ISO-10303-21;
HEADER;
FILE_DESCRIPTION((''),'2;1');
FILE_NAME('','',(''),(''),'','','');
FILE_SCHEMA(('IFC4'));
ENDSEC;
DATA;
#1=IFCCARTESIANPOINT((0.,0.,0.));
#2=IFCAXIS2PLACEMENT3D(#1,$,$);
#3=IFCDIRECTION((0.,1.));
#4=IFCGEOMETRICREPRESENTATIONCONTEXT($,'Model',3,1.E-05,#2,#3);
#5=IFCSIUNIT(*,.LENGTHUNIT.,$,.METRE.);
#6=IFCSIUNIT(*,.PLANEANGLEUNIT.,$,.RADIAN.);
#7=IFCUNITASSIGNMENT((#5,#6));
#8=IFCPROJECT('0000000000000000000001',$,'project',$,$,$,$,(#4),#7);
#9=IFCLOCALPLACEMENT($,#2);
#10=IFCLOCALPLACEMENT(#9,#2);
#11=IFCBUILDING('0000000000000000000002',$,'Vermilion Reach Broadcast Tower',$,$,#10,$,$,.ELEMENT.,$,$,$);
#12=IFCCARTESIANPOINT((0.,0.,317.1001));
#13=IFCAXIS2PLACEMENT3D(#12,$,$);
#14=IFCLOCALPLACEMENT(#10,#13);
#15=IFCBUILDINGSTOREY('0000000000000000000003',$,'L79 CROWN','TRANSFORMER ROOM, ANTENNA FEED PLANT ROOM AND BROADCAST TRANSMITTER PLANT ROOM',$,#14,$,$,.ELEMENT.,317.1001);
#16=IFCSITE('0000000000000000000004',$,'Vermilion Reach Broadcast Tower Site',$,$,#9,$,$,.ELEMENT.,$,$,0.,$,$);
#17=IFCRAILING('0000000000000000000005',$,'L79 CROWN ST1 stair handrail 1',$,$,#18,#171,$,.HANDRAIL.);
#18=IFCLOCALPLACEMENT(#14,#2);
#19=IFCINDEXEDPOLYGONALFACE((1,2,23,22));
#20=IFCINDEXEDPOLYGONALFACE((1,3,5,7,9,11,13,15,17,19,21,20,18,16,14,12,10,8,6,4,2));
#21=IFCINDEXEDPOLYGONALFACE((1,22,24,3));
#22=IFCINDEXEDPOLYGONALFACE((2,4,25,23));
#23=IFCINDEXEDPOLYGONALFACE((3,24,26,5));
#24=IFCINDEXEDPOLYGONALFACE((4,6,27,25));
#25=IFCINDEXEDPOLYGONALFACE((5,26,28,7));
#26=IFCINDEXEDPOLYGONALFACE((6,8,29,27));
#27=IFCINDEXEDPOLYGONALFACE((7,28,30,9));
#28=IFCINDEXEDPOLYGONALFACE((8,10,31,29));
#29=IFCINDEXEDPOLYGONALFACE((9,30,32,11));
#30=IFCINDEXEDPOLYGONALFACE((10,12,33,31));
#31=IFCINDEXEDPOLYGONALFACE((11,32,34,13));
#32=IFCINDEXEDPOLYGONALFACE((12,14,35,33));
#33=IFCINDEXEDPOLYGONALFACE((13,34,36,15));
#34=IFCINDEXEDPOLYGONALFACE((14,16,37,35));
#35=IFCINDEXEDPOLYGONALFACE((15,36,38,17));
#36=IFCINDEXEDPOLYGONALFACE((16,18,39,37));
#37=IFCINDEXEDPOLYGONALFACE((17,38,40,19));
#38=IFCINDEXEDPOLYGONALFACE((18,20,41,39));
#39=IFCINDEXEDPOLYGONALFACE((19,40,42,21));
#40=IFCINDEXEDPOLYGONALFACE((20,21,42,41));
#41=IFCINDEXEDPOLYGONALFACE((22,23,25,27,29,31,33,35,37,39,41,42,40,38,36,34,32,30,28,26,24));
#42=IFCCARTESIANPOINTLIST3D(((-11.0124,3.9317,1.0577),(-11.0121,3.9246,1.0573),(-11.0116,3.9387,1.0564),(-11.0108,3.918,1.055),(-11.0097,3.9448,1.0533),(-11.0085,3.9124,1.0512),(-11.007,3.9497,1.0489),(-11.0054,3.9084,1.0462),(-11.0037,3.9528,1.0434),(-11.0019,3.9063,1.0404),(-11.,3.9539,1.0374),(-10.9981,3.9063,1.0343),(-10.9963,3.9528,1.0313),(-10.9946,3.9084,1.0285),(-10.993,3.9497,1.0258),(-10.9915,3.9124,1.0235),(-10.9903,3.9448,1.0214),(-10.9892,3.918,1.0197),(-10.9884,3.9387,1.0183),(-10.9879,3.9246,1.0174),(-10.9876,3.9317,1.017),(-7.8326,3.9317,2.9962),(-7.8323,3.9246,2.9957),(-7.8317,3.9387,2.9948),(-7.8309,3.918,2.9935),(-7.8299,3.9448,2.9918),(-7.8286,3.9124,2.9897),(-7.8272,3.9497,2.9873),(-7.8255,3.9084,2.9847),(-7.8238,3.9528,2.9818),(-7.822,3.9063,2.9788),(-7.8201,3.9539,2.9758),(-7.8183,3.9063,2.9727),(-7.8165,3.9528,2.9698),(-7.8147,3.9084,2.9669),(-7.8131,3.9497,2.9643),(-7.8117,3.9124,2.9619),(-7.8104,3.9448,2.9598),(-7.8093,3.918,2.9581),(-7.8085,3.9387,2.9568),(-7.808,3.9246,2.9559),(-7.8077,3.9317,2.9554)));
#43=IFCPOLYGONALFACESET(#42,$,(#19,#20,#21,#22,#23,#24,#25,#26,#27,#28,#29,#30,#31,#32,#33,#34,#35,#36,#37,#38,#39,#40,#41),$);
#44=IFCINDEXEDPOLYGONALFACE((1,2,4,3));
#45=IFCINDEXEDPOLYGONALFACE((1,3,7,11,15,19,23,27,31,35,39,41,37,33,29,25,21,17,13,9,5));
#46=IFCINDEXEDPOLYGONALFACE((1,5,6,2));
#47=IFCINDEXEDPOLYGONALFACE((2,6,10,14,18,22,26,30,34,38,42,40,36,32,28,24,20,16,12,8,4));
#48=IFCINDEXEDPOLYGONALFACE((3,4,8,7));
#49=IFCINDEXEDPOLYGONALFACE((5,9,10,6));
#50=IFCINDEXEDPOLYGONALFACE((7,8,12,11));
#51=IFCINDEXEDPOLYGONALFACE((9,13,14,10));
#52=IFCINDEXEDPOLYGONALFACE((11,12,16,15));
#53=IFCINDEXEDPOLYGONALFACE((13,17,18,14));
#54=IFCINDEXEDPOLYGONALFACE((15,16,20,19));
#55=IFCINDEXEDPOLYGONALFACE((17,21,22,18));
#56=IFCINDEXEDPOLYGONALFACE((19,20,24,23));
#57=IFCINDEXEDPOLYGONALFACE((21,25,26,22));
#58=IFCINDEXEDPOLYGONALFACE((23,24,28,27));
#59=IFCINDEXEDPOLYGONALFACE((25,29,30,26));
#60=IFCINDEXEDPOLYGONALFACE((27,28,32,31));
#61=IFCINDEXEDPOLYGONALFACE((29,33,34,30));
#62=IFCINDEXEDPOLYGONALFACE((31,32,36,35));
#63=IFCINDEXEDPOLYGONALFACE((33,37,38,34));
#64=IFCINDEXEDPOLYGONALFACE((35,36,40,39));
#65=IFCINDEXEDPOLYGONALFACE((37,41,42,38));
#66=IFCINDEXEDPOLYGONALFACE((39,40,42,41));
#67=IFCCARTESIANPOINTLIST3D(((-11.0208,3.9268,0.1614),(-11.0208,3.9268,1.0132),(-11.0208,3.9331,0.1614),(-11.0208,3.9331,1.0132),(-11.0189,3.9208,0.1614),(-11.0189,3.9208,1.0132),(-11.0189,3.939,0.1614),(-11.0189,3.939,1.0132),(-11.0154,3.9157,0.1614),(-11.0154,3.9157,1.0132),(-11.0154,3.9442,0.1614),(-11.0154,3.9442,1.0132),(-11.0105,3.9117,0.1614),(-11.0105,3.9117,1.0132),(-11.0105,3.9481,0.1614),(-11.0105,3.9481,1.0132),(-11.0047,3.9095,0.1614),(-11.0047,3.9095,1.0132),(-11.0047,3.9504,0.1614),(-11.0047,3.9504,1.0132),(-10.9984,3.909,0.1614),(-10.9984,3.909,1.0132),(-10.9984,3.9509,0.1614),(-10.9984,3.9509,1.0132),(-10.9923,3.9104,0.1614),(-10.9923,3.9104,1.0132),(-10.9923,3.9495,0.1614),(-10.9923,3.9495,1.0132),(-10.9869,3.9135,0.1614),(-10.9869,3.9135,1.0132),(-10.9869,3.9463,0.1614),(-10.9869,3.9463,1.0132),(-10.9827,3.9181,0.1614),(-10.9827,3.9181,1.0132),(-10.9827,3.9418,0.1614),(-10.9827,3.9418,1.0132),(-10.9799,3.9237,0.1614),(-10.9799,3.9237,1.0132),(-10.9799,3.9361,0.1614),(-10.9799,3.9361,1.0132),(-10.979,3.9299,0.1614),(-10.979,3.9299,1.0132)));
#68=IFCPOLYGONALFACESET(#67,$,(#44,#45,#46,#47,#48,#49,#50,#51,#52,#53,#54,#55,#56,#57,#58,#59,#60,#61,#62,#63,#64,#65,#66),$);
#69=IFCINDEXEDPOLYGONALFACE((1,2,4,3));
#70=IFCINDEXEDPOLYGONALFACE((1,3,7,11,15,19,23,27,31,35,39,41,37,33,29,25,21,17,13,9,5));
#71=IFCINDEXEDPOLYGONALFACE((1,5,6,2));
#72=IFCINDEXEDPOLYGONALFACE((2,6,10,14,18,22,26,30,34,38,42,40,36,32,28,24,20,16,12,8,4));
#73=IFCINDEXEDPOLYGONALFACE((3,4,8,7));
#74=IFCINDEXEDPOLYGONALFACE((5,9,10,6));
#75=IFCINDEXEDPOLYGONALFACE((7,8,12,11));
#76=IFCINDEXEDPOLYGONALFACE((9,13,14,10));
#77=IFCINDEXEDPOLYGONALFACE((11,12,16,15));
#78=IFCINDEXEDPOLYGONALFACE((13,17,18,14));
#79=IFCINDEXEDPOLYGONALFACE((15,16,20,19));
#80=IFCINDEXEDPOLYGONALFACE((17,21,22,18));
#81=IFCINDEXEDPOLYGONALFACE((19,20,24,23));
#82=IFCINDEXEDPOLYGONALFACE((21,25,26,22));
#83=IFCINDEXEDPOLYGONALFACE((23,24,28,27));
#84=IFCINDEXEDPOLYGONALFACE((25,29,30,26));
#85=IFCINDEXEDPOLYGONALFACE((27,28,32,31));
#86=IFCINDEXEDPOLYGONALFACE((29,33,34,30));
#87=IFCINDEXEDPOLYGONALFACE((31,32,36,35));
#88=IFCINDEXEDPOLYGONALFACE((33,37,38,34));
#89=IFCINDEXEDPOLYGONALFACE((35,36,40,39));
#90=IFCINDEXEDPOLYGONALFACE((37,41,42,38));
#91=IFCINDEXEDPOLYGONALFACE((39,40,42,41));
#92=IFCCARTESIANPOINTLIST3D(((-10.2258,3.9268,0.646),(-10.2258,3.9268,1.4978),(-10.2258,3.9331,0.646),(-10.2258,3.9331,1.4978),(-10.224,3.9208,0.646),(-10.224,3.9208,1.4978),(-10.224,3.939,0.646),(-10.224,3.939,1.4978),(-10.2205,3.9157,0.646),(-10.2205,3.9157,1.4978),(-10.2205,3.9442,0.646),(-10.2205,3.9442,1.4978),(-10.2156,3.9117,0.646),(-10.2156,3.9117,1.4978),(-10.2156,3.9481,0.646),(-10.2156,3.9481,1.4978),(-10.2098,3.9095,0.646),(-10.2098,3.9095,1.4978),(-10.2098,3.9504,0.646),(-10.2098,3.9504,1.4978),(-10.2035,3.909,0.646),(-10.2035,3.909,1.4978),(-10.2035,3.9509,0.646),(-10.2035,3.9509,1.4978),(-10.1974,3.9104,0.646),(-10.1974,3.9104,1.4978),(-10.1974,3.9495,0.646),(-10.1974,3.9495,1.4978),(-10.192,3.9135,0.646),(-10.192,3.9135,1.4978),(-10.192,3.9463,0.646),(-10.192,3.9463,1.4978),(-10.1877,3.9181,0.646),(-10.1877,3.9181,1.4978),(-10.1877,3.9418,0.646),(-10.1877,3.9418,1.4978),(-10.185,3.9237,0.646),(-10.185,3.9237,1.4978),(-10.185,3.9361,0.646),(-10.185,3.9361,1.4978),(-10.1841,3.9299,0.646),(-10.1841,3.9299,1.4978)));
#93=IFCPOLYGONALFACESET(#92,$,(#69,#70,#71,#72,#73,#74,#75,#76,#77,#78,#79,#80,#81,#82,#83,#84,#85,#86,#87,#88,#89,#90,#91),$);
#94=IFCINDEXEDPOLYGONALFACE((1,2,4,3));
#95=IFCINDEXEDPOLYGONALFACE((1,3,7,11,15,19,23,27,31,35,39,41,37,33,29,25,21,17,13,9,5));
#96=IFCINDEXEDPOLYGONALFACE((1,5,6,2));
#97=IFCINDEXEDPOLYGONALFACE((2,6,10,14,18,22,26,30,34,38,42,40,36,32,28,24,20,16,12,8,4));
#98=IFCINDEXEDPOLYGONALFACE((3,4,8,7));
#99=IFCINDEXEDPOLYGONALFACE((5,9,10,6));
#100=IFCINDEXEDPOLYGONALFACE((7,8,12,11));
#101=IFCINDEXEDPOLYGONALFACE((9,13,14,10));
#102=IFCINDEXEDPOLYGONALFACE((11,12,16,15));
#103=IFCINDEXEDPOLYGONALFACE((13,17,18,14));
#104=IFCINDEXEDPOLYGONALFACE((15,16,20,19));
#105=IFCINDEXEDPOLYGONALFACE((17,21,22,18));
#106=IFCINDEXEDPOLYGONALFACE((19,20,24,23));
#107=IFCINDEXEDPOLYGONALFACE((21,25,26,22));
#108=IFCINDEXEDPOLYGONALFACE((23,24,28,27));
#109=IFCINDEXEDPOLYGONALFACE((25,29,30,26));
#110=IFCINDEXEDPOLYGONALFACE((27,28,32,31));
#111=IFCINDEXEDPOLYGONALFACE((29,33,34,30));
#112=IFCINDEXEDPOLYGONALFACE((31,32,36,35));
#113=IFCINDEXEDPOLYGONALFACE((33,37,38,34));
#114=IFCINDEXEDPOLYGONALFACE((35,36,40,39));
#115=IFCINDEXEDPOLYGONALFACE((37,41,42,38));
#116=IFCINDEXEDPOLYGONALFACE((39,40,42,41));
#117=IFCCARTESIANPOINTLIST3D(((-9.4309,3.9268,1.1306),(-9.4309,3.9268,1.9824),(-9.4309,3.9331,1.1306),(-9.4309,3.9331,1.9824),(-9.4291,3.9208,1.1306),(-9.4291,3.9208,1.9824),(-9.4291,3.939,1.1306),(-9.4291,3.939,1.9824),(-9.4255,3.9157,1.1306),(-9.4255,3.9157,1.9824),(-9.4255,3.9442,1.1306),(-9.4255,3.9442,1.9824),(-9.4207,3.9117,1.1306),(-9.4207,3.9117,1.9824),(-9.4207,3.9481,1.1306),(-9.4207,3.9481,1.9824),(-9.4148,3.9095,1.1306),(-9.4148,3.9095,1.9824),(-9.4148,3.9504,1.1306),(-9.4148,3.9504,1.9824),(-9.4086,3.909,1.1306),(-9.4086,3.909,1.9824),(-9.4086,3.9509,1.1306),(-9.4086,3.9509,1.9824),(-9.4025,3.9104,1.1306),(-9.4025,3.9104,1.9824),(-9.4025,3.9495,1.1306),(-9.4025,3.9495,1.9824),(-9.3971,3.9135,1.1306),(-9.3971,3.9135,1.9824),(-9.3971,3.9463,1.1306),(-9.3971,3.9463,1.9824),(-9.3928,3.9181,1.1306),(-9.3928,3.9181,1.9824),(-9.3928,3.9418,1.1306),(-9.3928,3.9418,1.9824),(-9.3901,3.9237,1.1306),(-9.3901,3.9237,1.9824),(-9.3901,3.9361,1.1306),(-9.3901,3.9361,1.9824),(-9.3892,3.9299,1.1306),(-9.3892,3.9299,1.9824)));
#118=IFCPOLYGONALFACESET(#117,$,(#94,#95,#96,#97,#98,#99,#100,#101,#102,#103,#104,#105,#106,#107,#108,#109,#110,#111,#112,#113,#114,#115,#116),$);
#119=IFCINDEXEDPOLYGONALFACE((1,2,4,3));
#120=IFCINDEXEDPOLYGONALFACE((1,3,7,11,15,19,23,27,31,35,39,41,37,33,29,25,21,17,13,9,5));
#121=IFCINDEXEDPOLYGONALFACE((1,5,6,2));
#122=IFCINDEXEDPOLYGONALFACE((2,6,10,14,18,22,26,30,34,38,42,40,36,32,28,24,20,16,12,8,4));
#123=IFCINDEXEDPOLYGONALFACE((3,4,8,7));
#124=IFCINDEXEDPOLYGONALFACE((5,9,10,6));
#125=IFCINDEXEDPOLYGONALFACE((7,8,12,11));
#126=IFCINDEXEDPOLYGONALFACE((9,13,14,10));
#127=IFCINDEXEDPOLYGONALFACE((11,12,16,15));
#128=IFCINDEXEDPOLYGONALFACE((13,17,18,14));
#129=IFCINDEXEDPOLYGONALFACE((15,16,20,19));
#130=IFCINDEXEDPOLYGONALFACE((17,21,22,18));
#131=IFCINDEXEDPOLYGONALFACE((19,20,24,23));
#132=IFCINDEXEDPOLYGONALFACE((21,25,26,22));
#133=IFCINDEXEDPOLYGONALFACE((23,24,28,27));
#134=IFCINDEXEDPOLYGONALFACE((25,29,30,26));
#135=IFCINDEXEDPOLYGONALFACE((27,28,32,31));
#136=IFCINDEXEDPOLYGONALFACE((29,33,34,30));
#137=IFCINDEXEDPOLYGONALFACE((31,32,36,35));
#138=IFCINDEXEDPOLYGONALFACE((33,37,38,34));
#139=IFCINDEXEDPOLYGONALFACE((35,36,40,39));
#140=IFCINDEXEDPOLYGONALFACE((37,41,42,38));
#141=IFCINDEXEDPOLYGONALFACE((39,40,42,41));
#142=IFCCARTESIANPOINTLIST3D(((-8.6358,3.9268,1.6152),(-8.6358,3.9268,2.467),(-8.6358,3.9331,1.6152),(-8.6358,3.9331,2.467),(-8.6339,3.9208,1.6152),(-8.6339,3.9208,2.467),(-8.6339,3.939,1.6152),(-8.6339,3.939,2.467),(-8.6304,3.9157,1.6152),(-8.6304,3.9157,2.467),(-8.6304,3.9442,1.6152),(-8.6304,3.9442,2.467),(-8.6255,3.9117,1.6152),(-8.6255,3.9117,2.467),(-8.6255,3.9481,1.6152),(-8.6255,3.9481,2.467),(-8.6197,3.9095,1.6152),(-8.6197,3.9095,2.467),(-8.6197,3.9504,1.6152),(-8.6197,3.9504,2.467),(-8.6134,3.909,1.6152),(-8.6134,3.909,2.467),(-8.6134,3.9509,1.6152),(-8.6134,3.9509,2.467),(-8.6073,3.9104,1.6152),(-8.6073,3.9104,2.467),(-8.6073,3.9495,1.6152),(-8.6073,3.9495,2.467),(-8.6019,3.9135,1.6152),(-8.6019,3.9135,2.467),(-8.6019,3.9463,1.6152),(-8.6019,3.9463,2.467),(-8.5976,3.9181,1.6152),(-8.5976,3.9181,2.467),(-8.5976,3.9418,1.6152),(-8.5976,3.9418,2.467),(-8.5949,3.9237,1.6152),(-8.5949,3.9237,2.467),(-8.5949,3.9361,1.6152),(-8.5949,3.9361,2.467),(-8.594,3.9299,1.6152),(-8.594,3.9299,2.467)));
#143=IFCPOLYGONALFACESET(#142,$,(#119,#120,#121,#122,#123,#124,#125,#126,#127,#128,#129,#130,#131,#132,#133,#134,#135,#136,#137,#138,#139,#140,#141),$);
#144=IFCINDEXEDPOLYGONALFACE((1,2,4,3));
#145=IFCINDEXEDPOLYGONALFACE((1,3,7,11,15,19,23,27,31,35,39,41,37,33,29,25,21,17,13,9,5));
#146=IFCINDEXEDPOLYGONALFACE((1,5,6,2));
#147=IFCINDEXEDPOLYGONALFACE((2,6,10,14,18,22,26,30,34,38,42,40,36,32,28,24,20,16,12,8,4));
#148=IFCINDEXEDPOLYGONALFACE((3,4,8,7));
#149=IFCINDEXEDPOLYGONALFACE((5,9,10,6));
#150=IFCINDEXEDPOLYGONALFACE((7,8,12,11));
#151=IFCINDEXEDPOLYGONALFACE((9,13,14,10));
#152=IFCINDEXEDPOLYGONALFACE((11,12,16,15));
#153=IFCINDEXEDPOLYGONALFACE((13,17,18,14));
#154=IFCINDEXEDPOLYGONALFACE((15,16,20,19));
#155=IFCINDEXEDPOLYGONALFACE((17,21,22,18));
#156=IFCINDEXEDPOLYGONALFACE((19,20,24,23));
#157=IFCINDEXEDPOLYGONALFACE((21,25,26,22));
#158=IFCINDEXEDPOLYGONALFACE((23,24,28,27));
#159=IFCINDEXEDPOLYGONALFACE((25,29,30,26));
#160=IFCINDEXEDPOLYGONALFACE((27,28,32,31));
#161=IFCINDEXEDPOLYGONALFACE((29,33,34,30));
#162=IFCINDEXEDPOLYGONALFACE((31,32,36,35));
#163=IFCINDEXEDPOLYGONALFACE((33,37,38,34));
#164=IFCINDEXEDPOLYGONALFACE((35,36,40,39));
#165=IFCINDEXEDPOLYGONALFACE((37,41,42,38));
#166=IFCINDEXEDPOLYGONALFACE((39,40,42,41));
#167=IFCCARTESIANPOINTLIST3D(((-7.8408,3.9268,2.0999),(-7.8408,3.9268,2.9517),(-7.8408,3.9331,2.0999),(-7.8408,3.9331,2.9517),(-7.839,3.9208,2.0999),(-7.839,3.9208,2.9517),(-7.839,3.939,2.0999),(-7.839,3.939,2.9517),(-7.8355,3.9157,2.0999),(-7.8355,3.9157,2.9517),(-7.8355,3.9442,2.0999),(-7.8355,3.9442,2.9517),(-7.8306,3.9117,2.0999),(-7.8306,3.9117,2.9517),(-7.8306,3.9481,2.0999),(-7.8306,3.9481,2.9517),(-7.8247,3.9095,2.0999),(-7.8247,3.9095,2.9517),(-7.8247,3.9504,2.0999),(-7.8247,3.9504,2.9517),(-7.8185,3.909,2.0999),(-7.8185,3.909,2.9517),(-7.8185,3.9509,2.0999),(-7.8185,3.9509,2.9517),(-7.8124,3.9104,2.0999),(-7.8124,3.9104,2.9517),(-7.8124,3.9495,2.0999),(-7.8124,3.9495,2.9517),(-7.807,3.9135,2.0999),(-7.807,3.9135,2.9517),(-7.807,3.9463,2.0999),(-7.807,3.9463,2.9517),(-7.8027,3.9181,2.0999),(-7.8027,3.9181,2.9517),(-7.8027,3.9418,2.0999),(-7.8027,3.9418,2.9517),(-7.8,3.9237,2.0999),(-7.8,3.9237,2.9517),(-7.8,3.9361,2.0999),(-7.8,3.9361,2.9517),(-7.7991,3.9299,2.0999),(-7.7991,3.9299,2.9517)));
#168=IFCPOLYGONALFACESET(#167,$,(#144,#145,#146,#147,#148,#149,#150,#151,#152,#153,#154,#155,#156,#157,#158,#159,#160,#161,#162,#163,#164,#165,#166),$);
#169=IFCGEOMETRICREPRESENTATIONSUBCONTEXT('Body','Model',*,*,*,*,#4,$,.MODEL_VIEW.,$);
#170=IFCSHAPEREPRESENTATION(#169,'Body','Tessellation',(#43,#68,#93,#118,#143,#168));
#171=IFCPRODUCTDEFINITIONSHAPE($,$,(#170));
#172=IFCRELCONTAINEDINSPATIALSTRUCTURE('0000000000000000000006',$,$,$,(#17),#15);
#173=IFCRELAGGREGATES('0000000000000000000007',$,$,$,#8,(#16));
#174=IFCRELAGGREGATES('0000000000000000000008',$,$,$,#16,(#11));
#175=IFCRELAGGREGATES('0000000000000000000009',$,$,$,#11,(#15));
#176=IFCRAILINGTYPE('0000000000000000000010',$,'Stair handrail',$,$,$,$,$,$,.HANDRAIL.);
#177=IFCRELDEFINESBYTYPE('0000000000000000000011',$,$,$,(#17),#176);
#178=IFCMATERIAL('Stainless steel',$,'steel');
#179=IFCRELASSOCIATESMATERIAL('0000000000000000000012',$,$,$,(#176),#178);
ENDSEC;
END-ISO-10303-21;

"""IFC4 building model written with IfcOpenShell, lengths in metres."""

from ifc_helpers import new_model, si_unit, direction, frame, origin, origin_2d, place, context, subcontext, project, spatial, circle, extrude, material, type_object, element, save


model = new_model("IFC4")

# Units and contexts
model_context = context("Model", 3, precision=1e-05, world=origin(), true_north=direction((0.0, 1.0)))
body_context = subcontext(model_context, "Body", "Model", "MODEL_VIEW")
ifc_project = project(units=[si_unit("LENGTHUNIT", "METRE"), si_unit("PLANEANGLEUNIT", "RADIAN")], contexts=[model_context])

# Site, building, storey
site_placement = place(None, origin())
site = spatial("IfcSite", under=ifc_project, at=site_placement, Name="Vermilion Reach Broadcast Tower Site", CompositionType="ELEMENT", RefElevation=0.0)
building_placement = place(site_placement, origin())
building = spatial("IfcBuilding", under=site, at=building_placement, Name="Vermilion Reach Broadcast Tower", CompositionType="ELEMENT")
storey_placement = place(building_placement, frame((0.0, 0.0, 317.1001)))
storey = spatial("IfcBuildingStorey", under=building, at=storey_placement, Name="L79 CROWN", Description="TRANSFORMER ROOM, ANTENNA FEED PLANT ROOM AND BROADCAST TRANSMITTER PLANT ROOM", CompositionType="ELEMENT", Elevation=317.1001)

# Railing
ifc_material_1 = material(Name="Stainless steel", Category="steel")
railing_type_1 = type_object("IfcRailingType", Name="Stair handrail", PredefinedType="HANDRAIL", material=ifc_material_1)
railing_1_placement = place(storey_placement, frame((-11.0, 3.9299, 0.1614)))
element("IfcRailing", 1, at=railing_1_placement, inside=storey, type_object=railing_type_1, Name="L79 CROWN ST1 stair handrail 1", PredefinedType="HANDRAIL", context=body_context, shape_type="SweptSolid", body=[
    extrude(circle(Radius=0.0239, at=origin_2d()), frame((0.0, 0.0, 0.876), z_axis=(0.853857, 0.0, 0.520508), x_axis=(0.0, 1.0, 0.0)), (0.0, 0.0, 1.0), 3.7241),
    extrude(circle(Radius=0.021, at=origin_2d()), origin(), (0.0, 0.0, 1.0), 0.8518),
    extrude(circle(Radius=0.021, at=origin_2d()), frame((0.7949, 0.0, 0.4846)), (0.0, 0.0, 1.0), 0.8518),
    extrude(circle(Radius=0.021, at=origin_2d()), frame((1.5898, 0.0, 0.9692)), (0.0, 0.0, 1.0), 0.8518),
    extrude(circle(Radius=0.021, at=origin_2d()), frame((2.385, 0.0, 1.4539)), (0.0, 0.0, 1.0), 0.8518),
    extrude(circle(Radius=0.021, at=origin_2d()), frame((3.1799, 0.0, 1.9385)), (0.0, 0.0, 1.0), 0.8518),
])

save(model, "model.ifc")
